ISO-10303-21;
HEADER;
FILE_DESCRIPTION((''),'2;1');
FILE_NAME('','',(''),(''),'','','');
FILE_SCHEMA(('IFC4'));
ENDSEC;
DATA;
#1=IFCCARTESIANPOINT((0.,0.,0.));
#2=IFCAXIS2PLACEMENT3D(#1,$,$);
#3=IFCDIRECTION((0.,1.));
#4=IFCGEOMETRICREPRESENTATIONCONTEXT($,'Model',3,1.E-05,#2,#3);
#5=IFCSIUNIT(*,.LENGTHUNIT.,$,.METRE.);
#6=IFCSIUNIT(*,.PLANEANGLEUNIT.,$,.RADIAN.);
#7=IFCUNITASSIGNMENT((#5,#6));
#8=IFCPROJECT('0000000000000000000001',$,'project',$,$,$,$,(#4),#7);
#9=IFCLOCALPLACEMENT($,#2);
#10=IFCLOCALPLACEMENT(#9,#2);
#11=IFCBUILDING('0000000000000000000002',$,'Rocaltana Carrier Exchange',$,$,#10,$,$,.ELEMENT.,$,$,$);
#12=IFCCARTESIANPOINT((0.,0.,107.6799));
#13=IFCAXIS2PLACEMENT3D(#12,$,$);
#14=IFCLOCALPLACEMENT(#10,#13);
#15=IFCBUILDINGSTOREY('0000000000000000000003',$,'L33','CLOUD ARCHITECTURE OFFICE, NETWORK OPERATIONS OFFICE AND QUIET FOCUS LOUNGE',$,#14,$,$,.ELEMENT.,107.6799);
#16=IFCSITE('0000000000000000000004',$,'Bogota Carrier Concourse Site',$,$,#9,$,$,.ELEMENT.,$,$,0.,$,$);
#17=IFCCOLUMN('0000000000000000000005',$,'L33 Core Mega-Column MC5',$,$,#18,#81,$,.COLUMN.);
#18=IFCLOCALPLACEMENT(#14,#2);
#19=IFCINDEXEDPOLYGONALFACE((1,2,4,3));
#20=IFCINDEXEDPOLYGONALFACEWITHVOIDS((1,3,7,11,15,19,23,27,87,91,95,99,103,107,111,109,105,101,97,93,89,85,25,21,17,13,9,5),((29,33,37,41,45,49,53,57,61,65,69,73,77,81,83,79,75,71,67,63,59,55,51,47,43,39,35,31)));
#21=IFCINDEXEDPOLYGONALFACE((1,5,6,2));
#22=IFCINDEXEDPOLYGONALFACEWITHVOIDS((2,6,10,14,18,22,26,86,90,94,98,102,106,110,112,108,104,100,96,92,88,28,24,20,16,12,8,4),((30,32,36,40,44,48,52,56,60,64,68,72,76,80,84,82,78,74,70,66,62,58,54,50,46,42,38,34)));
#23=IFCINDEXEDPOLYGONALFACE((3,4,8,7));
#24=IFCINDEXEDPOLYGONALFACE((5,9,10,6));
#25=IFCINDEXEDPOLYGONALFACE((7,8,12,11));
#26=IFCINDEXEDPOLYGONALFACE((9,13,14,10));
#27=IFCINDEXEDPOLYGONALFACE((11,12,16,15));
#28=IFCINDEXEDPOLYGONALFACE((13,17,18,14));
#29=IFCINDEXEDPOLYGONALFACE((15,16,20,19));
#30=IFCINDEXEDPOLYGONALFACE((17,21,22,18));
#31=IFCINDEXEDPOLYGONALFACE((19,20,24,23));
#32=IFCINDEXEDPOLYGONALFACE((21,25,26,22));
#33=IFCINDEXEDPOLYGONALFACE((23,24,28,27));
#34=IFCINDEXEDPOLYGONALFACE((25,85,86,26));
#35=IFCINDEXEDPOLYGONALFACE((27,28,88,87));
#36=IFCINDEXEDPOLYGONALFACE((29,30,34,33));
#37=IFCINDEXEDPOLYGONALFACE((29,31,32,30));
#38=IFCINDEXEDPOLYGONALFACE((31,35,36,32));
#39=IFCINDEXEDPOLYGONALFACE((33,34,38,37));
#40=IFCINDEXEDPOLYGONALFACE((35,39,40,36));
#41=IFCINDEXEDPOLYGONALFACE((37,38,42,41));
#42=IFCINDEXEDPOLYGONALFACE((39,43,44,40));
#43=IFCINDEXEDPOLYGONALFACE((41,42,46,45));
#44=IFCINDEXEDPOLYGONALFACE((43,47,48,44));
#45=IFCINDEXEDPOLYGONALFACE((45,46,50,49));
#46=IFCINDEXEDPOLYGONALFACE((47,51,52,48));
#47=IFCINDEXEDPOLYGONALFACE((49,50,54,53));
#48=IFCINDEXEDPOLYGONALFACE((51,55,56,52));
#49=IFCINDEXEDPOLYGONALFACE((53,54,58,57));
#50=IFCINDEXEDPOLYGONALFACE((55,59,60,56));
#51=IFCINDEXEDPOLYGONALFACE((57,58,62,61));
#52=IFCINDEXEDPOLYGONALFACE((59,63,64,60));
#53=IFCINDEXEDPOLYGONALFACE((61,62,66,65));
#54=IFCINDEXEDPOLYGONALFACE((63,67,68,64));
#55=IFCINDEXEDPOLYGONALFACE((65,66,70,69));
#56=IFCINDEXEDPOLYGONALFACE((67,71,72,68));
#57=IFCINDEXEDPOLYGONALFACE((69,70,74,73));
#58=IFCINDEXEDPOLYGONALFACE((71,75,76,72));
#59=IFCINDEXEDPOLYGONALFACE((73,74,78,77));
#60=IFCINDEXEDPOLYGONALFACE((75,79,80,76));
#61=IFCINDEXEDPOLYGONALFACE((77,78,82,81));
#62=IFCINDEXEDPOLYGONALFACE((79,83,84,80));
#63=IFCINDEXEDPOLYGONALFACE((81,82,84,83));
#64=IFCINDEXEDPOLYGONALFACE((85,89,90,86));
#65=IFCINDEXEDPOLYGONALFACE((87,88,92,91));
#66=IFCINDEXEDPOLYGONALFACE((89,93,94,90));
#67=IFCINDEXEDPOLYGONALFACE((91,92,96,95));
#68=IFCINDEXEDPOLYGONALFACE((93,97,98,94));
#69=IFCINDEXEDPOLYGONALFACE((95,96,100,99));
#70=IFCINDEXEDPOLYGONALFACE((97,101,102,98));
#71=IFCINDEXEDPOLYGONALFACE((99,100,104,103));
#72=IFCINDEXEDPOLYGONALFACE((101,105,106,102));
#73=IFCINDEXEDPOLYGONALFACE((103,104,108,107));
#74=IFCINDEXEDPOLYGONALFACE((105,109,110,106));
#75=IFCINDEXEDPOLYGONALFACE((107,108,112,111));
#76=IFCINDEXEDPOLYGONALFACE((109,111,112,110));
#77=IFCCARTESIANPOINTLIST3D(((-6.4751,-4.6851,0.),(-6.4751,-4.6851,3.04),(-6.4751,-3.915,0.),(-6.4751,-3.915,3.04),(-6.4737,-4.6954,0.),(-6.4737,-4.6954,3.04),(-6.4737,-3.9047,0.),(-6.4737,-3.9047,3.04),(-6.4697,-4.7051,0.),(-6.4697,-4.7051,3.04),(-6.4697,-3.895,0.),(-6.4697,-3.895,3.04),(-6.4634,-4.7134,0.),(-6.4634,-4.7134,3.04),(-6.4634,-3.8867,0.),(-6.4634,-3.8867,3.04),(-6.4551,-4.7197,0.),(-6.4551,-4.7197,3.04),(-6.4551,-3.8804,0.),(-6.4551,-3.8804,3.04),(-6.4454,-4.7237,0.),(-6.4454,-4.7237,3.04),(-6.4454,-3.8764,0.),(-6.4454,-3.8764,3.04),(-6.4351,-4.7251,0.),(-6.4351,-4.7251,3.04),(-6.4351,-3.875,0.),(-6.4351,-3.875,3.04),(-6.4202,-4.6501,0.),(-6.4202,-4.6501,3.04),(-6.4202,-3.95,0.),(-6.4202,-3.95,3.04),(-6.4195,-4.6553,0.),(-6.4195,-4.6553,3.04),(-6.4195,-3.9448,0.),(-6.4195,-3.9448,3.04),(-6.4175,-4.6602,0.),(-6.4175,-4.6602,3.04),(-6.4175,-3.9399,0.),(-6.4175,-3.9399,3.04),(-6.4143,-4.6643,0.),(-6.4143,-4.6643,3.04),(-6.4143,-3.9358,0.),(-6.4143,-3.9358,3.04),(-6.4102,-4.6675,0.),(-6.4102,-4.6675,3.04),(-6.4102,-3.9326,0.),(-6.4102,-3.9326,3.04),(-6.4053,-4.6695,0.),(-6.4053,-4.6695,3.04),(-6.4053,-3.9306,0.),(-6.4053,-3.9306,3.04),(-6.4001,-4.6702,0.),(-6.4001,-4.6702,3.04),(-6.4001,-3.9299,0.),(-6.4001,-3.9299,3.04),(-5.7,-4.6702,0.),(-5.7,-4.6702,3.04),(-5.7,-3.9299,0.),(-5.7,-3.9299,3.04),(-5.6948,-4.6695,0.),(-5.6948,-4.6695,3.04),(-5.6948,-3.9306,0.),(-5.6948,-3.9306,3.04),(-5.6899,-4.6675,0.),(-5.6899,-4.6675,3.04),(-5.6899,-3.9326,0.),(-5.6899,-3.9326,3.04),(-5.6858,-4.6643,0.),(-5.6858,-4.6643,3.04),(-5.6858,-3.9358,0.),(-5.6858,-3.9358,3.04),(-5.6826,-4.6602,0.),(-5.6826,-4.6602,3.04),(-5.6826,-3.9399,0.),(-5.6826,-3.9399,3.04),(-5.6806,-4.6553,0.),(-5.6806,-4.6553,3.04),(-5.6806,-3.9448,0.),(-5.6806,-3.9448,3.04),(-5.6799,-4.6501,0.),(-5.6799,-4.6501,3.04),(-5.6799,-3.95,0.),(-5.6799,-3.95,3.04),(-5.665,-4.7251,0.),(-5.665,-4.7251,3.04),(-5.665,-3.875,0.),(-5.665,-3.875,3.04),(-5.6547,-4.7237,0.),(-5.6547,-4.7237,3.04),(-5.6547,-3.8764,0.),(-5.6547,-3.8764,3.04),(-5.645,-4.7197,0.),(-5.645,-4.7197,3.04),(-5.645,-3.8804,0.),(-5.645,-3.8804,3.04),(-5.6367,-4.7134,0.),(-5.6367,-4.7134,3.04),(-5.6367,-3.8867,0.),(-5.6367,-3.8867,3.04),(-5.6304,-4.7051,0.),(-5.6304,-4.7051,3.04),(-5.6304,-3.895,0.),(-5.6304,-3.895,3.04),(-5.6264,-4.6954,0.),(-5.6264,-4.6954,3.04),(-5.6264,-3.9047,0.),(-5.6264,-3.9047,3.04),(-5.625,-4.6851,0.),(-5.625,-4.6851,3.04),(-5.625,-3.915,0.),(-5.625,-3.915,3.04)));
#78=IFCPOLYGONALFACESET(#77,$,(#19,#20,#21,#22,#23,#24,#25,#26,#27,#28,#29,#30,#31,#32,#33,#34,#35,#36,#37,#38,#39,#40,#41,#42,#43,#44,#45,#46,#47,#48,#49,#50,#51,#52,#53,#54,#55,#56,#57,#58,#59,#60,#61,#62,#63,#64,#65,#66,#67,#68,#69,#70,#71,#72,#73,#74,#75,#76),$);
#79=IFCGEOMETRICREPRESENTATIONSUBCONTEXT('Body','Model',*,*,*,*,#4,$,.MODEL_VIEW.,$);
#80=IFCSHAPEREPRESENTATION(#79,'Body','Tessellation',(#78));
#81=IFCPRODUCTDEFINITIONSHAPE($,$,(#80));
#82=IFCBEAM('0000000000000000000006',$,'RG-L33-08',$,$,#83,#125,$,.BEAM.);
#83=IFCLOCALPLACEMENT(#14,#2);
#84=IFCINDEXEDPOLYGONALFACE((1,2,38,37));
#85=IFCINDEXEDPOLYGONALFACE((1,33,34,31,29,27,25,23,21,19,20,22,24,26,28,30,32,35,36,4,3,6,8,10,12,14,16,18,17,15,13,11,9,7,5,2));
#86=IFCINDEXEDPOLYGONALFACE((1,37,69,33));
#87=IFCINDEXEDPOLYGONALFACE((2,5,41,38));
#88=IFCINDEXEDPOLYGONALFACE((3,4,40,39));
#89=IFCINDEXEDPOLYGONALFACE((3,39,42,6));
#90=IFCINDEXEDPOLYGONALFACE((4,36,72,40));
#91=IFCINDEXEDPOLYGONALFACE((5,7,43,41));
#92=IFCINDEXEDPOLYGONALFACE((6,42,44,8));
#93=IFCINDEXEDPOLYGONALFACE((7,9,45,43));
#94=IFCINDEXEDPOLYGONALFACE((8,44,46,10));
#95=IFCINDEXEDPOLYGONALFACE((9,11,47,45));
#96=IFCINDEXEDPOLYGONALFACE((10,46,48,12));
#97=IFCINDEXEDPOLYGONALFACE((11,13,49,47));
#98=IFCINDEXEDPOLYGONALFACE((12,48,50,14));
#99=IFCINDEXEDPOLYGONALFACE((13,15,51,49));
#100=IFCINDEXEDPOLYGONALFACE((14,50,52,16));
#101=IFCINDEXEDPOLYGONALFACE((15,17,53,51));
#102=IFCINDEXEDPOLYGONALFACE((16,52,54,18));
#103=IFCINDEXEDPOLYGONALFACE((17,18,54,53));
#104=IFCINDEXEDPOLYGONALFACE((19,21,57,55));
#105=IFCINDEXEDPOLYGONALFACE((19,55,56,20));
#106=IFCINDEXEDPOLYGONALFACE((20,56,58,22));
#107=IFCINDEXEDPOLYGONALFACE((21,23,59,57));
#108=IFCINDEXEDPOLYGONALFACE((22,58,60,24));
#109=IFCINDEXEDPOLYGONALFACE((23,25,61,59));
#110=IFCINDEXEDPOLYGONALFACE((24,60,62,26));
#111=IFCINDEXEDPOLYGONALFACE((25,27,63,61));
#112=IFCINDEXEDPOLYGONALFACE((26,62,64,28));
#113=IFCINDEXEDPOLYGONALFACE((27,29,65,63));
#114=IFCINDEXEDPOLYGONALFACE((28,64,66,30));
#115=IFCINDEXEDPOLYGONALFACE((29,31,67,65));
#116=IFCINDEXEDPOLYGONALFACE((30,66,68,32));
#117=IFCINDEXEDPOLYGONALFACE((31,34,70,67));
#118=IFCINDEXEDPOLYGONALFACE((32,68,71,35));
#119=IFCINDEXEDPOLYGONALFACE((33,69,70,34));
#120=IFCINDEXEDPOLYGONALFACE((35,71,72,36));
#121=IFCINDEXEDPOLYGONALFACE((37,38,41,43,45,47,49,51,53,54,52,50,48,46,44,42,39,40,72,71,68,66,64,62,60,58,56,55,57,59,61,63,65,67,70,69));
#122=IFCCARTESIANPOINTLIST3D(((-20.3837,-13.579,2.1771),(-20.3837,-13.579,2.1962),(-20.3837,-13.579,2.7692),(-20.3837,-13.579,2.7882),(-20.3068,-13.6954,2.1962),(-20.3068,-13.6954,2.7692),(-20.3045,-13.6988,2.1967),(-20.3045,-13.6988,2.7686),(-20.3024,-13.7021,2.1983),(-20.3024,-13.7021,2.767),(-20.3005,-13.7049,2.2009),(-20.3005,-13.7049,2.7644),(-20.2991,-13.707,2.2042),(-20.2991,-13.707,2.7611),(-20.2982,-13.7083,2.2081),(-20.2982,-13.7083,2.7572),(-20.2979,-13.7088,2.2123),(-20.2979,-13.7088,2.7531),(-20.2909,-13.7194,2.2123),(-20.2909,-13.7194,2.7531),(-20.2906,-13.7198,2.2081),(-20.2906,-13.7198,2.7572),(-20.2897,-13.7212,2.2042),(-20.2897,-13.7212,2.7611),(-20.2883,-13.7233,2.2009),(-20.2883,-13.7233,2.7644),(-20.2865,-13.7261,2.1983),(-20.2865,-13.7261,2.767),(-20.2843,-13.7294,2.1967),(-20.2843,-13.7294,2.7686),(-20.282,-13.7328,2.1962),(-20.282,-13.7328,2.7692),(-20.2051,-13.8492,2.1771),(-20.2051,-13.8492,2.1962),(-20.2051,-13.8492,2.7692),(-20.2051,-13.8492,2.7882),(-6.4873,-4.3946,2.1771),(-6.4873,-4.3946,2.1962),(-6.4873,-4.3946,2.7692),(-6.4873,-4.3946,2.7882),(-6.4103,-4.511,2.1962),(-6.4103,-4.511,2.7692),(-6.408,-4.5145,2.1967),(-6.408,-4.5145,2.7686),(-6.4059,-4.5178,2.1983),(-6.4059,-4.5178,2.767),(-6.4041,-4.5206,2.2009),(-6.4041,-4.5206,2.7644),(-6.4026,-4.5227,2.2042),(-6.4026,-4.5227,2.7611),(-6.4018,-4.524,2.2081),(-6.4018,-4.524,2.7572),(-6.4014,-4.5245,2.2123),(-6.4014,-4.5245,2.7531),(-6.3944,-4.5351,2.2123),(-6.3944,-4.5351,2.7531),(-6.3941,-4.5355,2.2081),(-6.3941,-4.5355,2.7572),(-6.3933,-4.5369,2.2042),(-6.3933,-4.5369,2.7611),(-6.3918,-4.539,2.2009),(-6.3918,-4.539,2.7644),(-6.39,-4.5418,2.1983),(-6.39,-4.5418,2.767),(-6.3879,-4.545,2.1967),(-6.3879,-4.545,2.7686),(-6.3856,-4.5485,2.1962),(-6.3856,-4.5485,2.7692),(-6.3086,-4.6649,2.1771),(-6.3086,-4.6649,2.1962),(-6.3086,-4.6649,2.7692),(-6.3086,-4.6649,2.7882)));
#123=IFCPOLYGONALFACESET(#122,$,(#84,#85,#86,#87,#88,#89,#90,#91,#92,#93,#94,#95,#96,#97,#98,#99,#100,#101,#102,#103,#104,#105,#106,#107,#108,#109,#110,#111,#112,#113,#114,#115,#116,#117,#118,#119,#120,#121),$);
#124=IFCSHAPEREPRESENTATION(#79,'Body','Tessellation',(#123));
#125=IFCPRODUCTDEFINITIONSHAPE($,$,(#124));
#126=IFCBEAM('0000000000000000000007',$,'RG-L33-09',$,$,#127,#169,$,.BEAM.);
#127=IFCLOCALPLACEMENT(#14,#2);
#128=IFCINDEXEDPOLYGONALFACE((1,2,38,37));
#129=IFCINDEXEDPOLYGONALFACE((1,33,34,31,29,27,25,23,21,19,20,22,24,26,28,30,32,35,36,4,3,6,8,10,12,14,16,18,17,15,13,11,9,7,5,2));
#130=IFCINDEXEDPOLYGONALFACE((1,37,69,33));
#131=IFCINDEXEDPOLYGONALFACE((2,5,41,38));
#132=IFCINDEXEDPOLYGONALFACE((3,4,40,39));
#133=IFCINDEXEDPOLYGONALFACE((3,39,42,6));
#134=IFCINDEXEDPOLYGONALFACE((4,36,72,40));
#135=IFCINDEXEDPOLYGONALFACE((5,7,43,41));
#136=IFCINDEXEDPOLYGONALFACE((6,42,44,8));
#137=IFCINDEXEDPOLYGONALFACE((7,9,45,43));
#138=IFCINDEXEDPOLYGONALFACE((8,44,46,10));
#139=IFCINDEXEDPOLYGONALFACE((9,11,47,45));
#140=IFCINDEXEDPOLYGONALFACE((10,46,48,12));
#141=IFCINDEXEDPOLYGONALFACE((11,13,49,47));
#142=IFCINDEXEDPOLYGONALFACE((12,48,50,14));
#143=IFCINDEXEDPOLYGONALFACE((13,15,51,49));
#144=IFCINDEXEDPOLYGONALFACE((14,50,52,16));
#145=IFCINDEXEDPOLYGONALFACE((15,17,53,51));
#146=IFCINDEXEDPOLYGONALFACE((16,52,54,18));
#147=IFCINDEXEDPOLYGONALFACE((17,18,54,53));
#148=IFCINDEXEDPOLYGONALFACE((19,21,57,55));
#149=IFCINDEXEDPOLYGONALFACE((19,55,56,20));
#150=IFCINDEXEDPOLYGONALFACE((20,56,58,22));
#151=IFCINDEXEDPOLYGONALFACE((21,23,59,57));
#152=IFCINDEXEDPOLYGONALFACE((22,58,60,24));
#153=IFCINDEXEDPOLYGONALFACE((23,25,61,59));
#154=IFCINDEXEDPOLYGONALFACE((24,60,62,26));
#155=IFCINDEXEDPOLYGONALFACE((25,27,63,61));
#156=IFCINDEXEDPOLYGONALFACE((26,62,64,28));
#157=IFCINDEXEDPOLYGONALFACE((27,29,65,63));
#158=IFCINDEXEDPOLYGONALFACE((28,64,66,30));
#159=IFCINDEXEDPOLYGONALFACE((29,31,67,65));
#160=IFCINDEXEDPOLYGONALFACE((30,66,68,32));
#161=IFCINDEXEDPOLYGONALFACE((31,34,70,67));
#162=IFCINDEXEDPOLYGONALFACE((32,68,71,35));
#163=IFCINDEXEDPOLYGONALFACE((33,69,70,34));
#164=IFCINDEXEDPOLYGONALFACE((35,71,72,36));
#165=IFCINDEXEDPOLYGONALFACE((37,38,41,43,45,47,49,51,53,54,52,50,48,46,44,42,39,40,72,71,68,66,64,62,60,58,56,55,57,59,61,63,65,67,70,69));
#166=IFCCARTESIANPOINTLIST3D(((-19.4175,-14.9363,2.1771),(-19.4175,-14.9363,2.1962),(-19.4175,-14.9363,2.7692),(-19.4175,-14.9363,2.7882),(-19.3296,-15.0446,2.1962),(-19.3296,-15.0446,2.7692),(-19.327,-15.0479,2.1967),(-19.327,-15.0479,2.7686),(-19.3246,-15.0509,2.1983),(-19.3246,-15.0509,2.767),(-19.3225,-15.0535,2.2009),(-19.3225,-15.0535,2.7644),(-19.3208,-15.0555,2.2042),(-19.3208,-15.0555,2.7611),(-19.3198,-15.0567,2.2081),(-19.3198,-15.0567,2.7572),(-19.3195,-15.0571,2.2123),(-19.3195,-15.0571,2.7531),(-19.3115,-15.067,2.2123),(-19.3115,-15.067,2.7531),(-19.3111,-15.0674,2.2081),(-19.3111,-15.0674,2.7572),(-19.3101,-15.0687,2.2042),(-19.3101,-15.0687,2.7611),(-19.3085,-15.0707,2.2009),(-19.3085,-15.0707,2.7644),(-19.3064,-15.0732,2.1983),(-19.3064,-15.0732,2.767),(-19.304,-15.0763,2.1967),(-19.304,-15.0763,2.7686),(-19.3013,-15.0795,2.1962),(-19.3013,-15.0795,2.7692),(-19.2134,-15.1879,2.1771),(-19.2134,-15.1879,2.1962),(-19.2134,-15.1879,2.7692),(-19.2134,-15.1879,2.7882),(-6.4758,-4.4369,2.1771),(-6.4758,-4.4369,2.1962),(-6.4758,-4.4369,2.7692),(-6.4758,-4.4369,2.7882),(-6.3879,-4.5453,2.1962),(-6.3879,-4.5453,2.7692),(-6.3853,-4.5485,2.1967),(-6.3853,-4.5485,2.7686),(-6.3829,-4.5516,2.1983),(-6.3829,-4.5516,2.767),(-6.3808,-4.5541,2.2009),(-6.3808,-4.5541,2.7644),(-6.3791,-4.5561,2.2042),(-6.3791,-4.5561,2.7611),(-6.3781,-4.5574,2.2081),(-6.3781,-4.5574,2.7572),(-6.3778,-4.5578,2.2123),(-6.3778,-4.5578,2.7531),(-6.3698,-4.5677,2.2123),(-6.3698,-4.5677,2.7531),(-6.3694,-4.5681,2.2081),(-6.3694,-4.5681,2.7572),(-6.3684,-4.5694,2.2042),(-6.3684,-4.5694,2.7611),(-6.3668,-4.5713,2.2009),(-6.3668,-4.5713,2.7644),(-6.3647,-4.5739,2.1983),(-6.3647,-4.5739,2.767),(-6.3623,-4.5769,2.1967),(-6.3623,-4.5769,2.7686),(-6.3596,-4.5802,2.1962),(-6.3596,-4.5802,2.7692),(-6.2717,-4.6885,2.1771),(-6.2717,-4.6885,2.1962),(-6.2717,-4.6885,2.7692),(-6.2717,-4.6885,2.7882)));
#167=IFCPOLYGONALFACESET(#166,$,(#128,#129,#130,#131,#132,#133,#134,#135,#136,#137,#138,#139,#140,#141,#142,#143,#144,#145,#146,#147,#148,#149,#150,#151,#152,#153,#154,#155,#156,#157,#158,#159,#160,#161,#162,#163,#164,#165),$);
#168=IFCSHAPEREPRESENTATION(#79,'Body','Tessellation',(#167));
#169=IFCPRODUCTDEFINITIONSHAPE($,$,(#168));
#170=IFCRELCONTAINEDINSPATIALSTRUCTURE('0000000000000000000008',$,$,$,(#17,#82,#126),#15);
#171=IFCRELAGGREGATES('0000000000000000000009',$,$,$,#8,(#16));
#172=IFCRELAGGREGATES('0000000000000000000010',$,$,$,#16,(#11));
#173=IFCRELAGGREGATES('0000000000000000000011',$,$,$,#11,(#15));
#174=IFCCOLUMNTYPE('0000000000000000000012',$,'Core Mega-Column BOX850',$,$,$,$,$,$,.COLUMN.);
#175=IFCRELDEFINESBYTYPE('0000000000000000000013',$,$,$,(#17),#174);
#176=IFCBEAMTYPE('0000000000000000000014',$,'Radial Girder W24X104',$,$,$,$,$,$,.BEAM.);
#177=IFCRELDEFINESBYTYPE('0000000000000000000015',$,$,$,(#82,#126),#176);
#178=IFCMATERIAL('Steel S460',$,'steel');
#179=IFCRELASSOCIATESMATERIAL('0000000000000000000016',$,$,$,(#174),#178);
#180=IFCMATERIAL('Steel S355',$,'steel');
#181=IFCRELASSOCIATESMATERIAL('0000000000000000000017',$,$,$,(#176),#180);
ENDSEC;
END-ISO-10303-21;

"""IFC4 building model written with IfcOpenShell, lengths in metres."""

from ifc_helpers import new_model, si_unit, direction, frame, origin, origin_2d, place, context, subcontext, project, spatial, hollow_rectangle, i_section, extrude, material, material_profile, profile_set, type_object, element, save


model = new_model("IFC4")

# Units and contexts
model_context = context("Model", 3, precision=1e-05, world=origin(), true_north=direction((0.0, 1.0)))
body_context = subcontext(model_context, "Body", "Model", "MODEL_VIEW")
ifc_project = project(units=[si_unit("LENGTHUNIT", "METRE"), si_unit("PLANEANGLEUNIT", "RADIAN")], contexts=[model_context])

# Site, building, storey
site_placement = place(None, origin())
site = spatial("IfcSite", under=ifc_project, at=site_placement, Name="Bogota Carrier Concourse Site", CompositionType="ELEMENT", RefElevation=0.0)
building_placement = place(site_placement, origin())
building = spatial("IfcBuilding", under=site, at=building_placement, Name="Rocaltana Carrier Exchange", CompositionType="ELEMENT")
storey_placement = place(building_placement, frame((0.0, 0.0, 107.6799)))
storey = spatial("IfcBuildingStorey", under=building, at=storey_placement, Name="L33", Description="CLOUD ARCHITECTURE OFFICE, NETWORK OPERATIONS OFFICE AND QUIET FOCUS LOUNGE", CompositionType="ELEMENT", Elevation=107.6799)

# Column
ifc_material_1 = material(Name="Steel S460", Category="steel")
ifc_material_profile_1 = material_profile(ifc_material_1, hollow_rectangle(XDim=0.8501, YDim=0.8501, WallThickness=0.0549, InnerFilletRadius=0.02, OuterFilletRadius=0.04, at=origin_2d()), Name="BOX850X850X55")
ifc_profile_set_1 = profile_set([ifc_material_profile_1], Name="Steel S460")
column_type = type_object("IfcColumnType", Name="Core Mega-Column BOX850", PredefinedType="COLUMN", material=ifc_profile_set_1)
column_placement = place(storey_placement, frame((-6.05, -4.3, 0.0), z_axis=(0.0, 0.0, 1.0), x_axis=(1.0, 0.0, 0.0)))
element("IfcColumn", 1, at=column_placement, inside=storey, type_object=column_type, Name="L33 Core Mega-Column MC5", PredefinedType="COLUMN", context=body_context, shape_type="SweptSolid", body=[
    extrude(hollow_rectangle(XDim=0.8501, YDim=0.8501, WallThickness=0.0549, InnerFilletRadius=0.02, OuterFilletRadius=0.04, at=origin_2d()), origin(), (0.0, 0.0, 1.0), 3.04),
])

# Beams
ifc_material_2 = material(Name="Steel S355", Category="steel")
ifc_material_profile_2 = material_profile(ifc_material_2, i_section(OverallWidth=0.324, OverallDepth=0.6111, WebThickness=0.0127, FlangeThickness=0.019, FilletRadius=0.0161, at=origin_2d()), Name="W24X104")
ifc_profile_set_2 = profile_set([ifc_material_profile_2], Name="Steel S355")
beam_type = type_object("IfcBeamType", Name="Radial Girder W24X104", PredefinedType="BEAM", material=ifc_profile_set_2)
beam_1_placement = place(storey_placement, frame((-6.3979, -4.5298, 2.4827), z_axis=(-0.83426, -0.551371, 0.0), x_axis=(0.551371, -0.83426, 0.0)))
element("IfcBeam", 2, at=beam_1_placement, inside=storey, type_object=beam_type, Name="RG-L33-08", PredefinedType="BEAM", context=body_context, shape_type="SweptSolid", body=[
    extrude(i_section(OverallWidth=0.324, OverallDepth=0.6111, WebThickness=0.0127, FlangeThickness=0.019, FilletRadius=0.0161, at=origin_2d()), origin(), (0.0, 0.0, 1.0), 16.6572),
])
beam_2_placement = place(storey_placement, frame((-6.3738, -4.5627, 2.4827), z_axis=(-0.776578, -0.630021, 0.0), x_axis=(0.630021, -0.776578, 0.0)))
element("IfcBeam", 3, at=beam_2_placement, inside=storey, type_object=beam_type, Name="RG-L33-09", PredefinedType="BEAM", context=body_context, shape_type="SweptSolid", body=[
    extrude(i_section(OverallWidth=0.324, OverallDepth=0.6111, WebThickness=0.0127, FlangeThickness=0.019, FilletRadius=0.0161, at=origin_2d()), origin(), (0.0, 0.0, 1.0), 16.665),
])

save(model, "model.ifc")
